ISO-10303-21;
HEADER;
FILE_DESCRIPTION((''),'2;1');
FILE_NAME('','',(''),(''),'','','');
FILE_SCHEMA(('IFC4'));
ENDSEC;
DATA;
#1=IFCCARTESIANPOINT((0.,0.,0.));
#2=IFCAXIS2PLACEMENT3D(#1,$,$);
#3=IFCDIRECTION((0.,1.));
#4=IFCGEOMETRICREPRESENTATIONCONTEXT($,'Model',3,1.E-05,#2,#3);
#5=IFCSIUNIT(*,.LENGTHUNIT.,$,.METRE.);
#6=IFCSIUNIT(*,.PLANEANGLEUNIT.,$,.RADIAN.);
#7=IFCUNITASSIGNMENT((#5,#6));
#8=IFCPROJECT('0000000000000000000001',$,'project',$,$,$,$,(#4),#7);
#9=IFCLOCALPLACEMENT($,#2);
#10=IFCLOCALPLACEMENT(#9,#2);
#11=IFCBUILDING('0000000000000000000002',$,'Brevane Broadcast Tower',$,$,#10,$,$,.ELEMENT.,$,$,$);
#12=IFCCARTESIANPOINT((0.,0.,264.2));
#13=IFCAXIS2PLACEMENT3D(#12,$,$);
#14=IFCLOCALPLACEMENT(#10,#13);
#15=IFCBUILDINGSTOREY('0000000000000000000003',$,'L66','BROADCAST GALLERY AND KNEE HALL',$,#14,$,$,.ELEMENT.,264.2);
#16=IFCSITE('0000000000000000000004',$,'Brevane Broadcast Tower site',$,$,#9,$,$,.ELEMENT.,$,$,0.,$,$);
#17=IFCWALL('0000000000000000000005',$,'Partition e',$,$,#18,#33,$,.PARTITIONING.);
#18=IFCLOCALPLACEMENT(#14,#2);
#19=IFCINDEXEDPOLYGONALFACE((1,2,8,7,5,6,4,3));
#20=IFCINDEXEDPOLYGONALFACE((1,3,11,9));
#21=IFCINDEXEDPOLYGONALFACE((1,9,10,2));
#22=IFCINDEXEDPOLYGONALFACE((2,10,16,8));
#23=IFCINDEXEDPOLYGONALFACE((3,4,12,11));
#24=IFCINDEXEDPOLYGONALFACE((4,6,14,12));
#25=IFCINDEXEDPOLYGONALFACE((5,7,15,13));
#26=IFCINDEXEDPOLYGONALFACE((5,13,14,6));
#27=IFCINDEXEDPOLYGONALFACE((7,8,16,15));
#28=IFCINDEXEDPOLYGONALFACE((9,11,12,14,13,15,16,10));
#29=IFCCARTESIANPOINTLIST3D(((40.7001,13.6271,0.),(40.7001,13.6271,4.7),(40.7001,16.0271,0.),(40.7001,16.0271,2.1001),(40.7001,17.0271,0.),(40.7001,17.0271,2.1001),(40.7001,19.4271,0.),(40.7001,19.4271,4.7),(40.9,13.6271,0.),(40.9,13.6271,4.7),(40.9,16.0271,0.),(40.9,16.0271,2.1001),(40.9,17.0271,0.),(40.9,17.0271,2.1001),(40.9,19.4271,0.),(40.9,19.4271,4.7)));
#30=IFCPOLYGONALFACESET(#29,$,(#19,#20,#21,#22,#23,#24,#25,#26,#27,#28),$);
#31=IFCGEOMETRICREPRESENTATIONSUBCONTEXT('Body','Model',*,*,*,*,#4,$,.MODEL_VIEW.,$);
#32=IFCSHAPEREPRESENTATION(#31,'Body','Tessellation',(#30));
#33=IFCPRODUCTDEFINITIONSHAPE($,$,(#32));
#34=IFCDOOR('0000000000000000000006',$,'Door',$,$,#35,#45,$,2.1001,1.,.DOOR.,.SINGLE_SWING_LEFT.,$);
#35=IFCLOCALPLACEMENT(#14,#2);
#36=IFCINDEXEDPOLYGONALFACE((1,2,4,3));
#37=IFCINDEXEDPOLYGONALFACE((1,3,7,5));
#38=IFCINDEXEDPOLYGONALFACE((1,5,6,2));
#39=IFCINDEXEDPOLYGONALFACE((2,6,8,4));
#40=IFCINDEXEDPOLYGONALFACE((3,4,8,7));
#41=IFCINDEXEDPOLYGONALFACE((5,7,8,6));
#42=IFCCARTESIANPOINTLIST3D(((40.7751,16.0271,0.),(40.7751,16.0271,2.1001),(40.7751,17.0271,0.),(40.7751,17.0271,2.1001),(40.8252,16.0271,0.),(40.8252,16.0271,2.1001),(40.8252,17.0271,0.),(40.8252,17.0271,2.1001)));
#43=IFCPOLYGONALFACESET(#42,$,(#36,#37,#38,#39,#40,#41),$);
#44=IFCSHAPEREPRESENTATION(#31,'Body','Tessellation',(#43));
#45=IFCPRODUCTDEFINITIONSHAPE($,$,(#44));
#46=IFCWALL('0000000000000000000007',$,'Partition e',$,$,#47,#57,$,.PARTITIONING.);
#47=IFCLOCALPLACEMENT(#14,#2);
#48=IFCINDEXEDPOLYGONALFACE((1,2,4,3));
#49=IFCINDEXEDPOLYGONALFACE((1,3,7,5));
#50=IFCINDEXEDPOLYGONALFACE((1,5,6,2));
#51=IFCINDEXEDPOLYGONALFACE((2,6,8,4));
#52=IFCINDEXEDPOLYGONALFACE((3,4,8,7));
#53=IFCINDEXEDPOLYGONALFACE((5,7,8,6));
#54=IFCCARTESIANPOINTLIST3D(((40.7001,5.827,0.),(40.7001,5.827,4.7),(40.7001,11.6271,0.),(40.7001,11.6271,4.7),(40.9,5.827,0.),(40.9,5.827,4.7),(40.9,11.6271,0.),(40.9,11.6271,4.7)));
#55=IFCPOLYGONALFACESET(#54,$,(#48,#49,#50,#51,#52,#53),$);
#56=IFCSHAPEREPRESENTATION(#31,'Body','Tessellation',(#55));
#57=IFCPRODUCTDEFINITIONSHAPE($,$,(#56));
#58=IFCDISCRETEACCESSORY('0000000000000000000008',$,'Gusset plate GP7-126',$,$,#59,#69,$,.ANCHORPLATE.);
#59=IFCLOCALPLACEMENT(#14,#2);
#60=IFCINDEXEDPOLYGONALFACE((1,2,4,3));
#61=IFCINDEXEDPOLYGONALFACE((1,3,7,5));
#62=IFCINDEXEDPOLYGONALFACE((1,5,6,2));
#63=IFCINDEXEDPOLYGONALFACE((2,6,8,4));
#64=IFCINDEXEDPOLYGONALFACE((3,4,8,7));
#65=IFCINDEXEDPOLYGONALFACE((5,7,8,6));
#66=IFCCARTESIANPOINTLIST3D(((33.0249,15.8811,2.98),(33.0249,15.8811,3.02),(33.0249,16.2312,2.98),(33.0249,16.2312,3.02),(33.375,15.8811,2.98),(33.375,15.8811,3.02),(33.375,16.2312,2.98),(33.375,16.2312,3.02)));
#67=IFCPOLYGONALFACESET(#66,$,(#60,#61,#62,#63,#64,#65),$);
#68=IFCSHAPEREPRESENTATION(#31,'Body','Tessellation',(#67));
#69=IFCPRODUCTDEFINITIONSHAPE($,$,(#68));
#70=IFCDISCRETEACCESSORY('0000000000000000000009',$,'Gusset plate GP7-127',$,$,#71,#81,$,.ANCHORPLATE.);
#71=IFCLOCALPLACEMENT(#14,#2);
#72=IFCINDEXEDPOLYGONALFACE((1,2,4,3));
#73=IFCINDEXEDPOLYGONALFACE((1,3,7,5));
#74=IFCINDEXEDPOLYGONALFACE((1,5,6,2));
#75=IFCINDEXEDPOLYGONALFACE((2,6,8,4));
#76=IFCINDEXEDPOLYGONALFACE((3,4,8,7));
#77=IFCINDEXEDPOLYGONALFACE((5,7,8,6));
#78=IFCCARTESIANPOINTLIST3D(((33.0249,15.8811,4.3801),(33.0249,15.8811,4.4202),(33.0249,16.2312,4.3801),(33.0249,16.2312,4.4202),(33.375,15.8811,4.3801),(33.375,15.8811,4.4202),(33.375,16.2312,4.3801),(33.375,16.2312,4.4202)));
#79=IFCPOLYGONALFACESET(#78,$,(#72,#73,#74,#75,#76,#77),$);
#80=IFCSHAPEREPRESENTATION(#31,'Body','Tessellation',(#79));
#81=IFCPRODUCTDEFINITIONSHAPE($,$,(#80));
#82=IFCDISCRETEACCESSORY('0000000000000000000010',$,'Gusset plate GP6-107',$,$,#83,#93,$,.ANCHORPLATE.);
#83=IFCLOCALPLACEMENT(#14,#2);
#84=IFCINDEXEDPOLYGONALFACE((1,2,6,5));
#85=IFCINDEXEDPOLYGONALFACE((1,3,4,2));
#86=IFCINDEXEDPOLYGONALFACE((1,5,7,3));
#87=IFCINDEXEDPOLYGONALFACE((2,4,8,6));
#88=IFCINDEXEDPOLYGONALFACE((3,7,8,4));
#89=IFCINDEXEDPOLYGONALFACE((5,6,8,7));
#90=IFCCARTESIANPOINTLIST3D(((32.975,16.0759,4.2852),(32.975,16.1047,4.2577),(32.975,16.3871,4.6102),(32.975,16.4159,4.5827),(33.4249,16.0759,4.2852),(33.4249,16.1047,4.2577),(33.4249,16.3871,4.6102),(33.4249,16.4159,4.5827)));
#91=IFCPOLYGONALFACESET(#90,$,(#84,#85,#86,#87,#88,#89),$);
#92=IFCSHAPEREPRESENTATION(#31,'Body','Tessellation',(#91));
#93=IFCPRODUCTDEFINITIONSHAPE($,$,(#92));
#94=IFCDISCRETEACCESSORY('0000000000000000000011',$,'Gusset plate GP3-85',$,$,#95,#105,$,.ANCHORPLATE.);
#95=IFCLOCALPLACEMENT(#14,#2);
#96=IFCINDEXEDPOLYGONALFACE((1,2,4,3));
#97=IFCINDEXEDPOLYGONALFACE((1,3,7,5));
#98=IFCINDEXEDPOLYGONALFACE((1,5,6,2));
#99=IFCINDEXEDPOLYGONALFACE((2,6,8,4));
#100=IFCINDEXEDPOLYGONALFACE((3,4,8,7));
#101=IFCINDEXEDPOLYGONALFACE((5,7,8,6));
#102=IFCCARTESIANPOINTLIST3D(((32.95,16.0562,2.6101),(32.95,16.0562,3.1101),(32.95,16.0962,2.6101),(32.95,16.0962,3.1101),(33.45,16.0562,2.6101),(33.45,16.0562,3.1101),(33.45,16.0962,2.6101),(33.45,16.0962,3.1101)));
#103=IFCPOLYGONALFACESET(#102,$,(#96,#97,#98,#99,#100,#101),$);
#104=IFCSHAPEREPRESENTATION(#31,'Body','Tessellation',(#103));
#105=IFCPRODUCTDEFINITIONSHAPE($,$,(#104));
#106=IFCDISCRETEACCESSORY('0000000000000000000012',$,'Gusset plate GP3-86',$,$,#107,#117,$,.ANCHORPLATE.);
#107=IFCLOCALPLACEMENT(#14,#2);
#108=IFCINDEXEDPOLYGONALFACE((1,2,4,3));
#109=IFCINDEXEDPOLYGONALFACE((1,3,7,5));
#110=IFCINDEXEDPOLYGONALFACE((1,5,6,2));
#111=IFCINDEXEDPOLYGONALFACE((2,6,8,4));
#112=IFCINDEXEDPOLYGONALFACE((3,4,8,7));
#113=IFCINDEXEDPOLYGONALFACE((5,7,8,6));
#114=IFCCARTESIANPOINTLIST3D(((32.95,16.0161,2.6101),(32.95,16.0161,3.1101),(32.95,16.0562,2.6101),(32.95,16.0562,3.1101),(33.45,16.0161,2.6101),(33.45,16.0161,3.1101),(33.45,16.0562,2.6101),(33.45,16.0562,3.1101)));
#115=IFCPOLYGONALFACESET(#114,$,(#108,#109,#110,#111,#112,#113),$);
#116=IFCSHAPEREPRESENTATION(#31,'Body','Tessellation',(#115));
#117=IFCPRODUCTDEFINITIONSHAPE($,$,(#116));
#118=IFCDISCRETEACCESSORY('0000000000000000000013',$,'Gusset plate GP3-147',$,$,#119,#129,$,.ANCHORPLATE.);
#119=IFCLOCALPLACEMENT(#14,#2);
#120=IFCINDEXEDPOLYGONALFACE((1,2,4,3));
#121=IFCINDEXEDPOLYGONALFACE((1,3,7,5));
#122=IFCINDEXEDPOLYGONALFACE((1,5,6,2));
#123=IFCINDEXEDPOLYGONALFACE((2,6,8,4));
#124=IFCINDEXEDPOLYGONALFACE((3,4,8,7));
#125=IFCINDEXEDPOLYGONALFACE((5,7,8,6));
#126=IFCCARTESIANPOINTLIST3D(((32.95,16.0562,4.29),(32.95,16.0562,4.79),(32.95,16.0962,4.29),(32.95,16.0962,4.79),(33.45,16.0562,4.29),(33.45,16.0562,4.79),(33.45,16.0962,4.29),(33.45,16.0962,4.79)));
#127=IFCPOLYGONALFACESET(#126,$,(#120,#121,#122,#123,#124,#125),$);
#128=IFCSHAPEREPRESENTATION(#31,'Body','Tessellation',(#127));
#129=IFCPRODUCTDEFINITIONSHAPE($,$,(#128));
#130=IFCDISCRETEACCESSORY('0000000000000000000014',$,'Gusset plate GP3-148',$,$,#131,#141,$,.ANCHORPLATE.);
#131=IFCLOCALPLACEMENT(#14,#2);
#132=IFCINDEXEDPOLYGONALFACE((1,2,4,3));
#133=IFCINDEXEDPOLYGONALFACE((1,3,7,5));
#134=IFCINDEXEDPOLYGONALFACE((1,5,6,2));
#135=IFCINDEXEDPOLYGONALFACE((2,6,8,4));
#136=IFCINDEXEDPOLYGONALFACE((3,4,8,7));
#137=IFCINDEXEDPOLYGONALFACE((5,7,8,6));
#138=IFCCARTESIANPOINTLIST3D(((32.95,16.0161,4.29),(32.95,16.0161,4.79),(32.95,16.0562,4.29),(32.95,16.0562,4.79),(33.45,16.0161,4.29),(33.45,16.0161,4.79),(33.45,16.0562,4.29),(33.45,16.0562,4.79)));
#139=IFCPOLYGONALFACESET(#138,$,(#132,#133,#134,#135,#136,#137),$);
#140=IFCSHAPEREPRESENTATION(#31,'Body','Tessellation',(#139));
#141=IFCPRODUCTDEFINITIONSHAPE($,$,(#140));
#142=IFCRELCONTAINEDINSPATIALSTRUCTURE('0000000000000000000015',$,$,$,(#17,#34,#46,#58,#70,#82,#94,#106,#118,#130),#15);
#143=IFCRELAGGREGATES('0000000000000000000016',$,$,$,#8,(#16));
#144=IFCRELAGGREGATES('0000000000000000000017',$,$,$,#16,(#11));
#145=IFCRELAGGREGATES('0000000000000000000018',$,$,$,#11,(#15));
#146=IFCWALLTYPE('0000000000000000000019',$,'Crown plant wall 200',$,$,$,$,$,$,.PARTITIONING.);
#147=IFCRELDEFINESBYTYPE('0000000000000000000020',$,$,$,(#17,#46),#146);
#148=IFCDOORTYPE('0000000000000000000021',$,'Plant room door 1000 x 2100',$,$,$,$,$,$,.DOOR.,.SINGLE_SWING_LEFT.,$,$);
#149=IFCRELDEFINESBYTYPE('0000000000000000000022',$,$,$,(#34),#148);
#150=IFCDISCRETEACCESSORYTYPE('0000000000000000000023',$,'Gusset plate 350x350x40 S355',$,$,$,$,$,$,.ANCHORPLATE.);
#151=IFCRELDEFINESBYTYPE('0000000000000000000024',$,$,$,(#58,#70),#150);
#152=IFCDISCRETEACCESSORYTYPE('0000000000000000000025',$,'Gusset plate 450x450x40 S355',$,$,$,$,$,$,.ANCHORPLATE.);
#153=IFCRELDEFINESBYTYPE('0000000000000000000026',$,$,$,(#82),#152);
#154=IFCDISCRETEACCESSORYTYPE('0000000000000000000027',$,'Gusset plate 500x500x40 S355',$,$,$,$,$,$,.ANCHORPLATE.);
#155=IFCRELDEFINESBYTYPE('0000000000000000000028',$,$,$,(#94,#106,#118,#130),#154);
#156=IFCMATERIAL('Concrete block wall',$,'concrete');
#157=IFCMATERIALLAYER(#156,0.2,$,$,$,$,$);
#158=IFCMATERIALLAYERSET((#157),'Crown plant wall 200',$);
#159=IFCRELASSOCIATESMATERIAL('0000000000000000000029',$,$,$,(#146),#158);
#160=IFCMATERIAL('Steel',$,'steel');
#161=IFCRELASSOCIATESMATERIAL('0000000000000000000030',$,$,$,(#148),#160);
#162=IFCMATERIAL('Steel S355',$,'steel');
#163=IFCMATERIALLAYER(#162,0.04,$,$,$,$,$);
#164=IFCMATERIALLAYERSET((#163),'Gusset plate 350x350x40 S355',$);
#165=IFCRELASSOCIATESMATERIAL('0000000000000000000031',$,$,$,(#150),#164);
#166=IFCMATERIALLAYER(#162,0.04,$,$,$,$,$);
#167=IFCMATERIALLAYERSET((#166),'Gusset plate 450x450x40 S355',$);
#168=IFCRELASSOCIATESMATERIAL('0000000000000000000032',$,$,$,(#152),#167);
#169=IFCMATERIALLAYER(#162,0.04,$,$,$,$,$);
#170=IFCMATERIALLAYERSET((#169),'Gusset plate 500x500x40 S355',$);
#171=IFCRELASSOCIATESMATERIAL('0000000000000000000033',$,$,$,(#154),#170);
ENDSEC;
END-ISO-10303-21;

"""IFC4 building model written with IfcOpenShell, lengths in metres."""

from ifc_helpers import new_model, si_unit, direction, frame, frame_2d, origin, origin_2d, place, context, subcontext, project, spatial, rectangle, extrude, material, layer, layer_set, type_object, element, fill, save


model = new_model("IFC4")

# Units and contexts
model_context = context("Model", 3, precision=1e-05, world=origin(), true_north=direction((0.0, 1.0)))
body_context = subcontext(model_context, "Body", "Model", "MODEL_VIEW")
ifc_project = project(units=[si_unit("LENGTHUNIT", "METRE"), si_unit("PLANEANGLEUNIT", "RADIAN")], contexts=[model_context])

# Site, building, storey
site_placement = place(None, origin())
site = spatial("IfcSite", under=ifc_project, at=site_placement, Name="Brevane Broadcast Tower site", CompositionType="ELEMENT", RefElevation=0.0)
building_placement = place(site_placement, origin())
building = spatial("IfcBuilding", under=site, at=building_placement, Name="Brevane Broadcast Tower", CompositionType="ELEMENT")
storey_placement = place(building_placement, frame((0.0, 0.0, 264.2)))
storey = spatial("IfcBuildingStorey", under=building, at=storey_placement, Name="L66", Description="BROADCAST GALLERY AND KNEE HALL", CompositionType="ELEMENT", Elevation=264.2)

# Shared definitions
ifc_material_1 = material(Name="Steel S355", Category="steel")

# Wall, opening, door
ifc_material_2 = material(Name="Concrete block wall", Category="concrete")
ifc_layer_1 = layer(ifc_material_2, 0.2)
ifc_layer_set_1 = layer_set([ifc_layer_1], Name="Crown plant wall 200")
wall_type = type_object("IfcWallType", Name="Crown plant wall 200", PredefinedType="PARTITIONING", material=ifc_layer_set_1)
wall_1_placement = place(storey_placement, frame((40.8, 13.6272, 0.0), z_axis=(0.0, 0.0, 1.0), x_axis=(0.0, 1.0, 0.0)))
wall_1 = element("IfcWall", 1, at=wall_1_placement, inside=storey, type_object=wall_type, Name="Partition e", PredefinedType="PARTITIONING", context=body_context, shape_type="SweptSolid", body=[
    extrude(rectangle(XDim=5.8, YDim=0.2, at=frame_2d((2.8999, 0.0))), origin(), (0.0, 0.0, 1.0), 4.7),
])
opening_placement = place(wall_1_placement, frame((2.3999, 0.0, 0.0)))
opening = element("IfcOpeningElement", 2, at=opening_placement, cuts=wall_1, PredefinedType="OPENING", context=body_context, shape_type="SweptSolid", body=[
    extrude(rectangle(XDim=1.0, YDim=2.1001, at=frame_2d((0.5, 1.05))), frame((0.0, 0.1099, 0.0), z_axis=(0.0, -1.0, 0.0), x_axis=(1.0, 0.0, 0.0)), (0.0, 0.0, 1.0), 0.22),
])
ifc_material_3 = material(Name="Steel", Category="steel")
door_type = type_object("IfcDoorType", Name="Plant room door 1000 x 2100", OperationType="SINGLE_SWING_LEFT", PredefinedType="DOOR", material=ifc_material_3)
door_placement = place(opening_placement, origin())
door = element("IfcDoor", 3, at=door_placement, inside=storey, type_object=door_type, Name="Door", OperationType="SINGLE_SWING_LEFT", OverallHeight=2.1001, OverallWidth=1.0, PredefinedType="DOOR", context=body_context, shape_type="SweptSolid", body=[
    extrude(rectangle(XDim=1.0, YDim=2.1001, at=frame_2d((0.5, 1.05))), frame((0.0, 0.0249, 0.0), z_axis=(0.0, -1.0, 0.0), x_axis=(1.0, 0.0, 0.0)), (0.0, 0.0, 1.0), 0.05),
])
fill(opening, door)

# Wall
wall_2_placement = place(storey_placement, frame((40.8, 5.8271, 0.0), z_axis=(0.0, 0.0, 1.0), x_axis=(0.0, 1.0, 0.0)))
element("IfcWall", 4, at=wall_2_placement, inside=storey, type_object=wall_type, Name="Partition e", PredefinedType="PARTITIONING", context=body_context, shape_type="SweptSolid", body=[
    extrude(rectangle(XDim=5.8, YDim=0.2, at=frame_2d((2.8999, 0.0))), origin(), (0.0, 0.0, 1.0), 4.7),
])

# Discrete accessories
ifc_layer_2 = layer(ifc_material_1, 0.04)
ifc_layer_set_2 = layer_set([ifc_layer_2], Name="Gusset plate 350x350x40 S355")
discrete_accessory_type_1 = type_object("IfcDiscreteAccessoryType", Name="Gusset plate 350x350x40 S355", PredefinedType="ANCHORPLATE", material=ifc_layer_set_2)
for number, where, z_axis, x_axis, name in (
    (5, (33.2, 16.0562, 2.98), (0.0, 0.0, 1.0), (1.0, 0.0, 0.0), "Gusset plate GP7-126"),
    (6, (33.2, 16.0562, 4.3801), (0.0, 0.0, 1.0), (1.0, 0.0, 0.0), "Gusset plate GP7-127"),
):
    element("IfcDiscreteAccessory", number, at=place(storey_placement, frame(where, z_axis=z_axis, x_axis=x_axis)), inside=storey, type_object=discrete_accessory_type_1, Name=name, PredefinedType="ANCHORPLATE", context=body_context, shape_type="SweptSolid", body=[
        extrude(rectangle(XDim=0.3501, YDim=0.3501, at=origin_2d()), origin(), (0.0, 0.0, 1.0), 0.04),
    ])
ifc_layer_3 = layer(ifc_material_1, 0.04)
ifc_layer_set_3 = layer_set([ifc_layer_3], Name="Gusset plate 450x450x40 S355")
discrete_accessory_type_2 = type_object("IfcDiscreteAccessoryType", Name="Gusset plate 450x450x40 S355", PredefinedType="ANCHORPLATE", material=ifc_layer_set_3)
discrete_accessory_placement = place(storey_placement, frame((33.2, 16.2603, 4.4202), z_axis=(0.0, -0.722243, 0.691639), x_axis=(1.0, 0.0, 0.0)))
element("IfcDiscreteAccessory", 7, at=discrete_accessory_placement, inside=storey, type_object=discrete_accessory_type_2, Name="Gusset plate GP6-107", PredefinedType="ANCHORPLATE", context=body_context, shape_type="SweptSolid", body=[
    extrude(rectangle(XDim=0.45, YDim=0.45, at=origin_2d()), origin(), (0.0, 0.0, 1.0), 0.0398),
])
ifc_layer_4 = layer(ifc_material_1, 0.04)
ifc_layer_set_4 = layer_set([ifc_layer_4], Name="Gusset plate 500x500x40 S355")
discrete_accessory_type_3 = type_object("IfcDiscreteAccessoryType", Name="Gusset plate 500x500x40 S355", PredefinedType="ANCHORPLATE", material=ifc_layer_set_4)
for number, where, z_axis, x_axis, name in (
    (8, (33.2, 16.0562, 2.8601), (0.0, 1.0, 0.0), (-1.0, 0.0, 0.0), "Gusset plate GP3-85"),
    (9, (33.2, 16.0161, 2.8601), (0.0, 1.0, 0.0), (-1.0, 0.0, 0.0), "Gusset plate GP3-86"),
    (10, (33.2, 16.0562, 4.54), (0.0, 1.0, 0.0), (-1.0, 0.0, 0.0), "Gusset plate GP3-147"),
    (11, (33.2, 16.0161, 4.54), (0.0, 1.0, 0.0), (-1.0, 0.0, 0.0), "Gusset plate GP3-148"),
):
    element("IfcDiscreteAccessory", number, at=place(storey_placement, frame(where, z_axis=z_axis, x_axis=x_axis)), inside=storey, type_object=discrete_accessory_type_3, Name=name, PredefinedType="ANCHORPLATE", context=body_context, shape_type="SweptSolid", body=[
        extrude(rectangle(XDim=0.5, YDim=0.5, at=origin_2d()), origin(), (0.0, 0.0, 1.0), 0.04),
    ])

save(model, "model.ifc")
